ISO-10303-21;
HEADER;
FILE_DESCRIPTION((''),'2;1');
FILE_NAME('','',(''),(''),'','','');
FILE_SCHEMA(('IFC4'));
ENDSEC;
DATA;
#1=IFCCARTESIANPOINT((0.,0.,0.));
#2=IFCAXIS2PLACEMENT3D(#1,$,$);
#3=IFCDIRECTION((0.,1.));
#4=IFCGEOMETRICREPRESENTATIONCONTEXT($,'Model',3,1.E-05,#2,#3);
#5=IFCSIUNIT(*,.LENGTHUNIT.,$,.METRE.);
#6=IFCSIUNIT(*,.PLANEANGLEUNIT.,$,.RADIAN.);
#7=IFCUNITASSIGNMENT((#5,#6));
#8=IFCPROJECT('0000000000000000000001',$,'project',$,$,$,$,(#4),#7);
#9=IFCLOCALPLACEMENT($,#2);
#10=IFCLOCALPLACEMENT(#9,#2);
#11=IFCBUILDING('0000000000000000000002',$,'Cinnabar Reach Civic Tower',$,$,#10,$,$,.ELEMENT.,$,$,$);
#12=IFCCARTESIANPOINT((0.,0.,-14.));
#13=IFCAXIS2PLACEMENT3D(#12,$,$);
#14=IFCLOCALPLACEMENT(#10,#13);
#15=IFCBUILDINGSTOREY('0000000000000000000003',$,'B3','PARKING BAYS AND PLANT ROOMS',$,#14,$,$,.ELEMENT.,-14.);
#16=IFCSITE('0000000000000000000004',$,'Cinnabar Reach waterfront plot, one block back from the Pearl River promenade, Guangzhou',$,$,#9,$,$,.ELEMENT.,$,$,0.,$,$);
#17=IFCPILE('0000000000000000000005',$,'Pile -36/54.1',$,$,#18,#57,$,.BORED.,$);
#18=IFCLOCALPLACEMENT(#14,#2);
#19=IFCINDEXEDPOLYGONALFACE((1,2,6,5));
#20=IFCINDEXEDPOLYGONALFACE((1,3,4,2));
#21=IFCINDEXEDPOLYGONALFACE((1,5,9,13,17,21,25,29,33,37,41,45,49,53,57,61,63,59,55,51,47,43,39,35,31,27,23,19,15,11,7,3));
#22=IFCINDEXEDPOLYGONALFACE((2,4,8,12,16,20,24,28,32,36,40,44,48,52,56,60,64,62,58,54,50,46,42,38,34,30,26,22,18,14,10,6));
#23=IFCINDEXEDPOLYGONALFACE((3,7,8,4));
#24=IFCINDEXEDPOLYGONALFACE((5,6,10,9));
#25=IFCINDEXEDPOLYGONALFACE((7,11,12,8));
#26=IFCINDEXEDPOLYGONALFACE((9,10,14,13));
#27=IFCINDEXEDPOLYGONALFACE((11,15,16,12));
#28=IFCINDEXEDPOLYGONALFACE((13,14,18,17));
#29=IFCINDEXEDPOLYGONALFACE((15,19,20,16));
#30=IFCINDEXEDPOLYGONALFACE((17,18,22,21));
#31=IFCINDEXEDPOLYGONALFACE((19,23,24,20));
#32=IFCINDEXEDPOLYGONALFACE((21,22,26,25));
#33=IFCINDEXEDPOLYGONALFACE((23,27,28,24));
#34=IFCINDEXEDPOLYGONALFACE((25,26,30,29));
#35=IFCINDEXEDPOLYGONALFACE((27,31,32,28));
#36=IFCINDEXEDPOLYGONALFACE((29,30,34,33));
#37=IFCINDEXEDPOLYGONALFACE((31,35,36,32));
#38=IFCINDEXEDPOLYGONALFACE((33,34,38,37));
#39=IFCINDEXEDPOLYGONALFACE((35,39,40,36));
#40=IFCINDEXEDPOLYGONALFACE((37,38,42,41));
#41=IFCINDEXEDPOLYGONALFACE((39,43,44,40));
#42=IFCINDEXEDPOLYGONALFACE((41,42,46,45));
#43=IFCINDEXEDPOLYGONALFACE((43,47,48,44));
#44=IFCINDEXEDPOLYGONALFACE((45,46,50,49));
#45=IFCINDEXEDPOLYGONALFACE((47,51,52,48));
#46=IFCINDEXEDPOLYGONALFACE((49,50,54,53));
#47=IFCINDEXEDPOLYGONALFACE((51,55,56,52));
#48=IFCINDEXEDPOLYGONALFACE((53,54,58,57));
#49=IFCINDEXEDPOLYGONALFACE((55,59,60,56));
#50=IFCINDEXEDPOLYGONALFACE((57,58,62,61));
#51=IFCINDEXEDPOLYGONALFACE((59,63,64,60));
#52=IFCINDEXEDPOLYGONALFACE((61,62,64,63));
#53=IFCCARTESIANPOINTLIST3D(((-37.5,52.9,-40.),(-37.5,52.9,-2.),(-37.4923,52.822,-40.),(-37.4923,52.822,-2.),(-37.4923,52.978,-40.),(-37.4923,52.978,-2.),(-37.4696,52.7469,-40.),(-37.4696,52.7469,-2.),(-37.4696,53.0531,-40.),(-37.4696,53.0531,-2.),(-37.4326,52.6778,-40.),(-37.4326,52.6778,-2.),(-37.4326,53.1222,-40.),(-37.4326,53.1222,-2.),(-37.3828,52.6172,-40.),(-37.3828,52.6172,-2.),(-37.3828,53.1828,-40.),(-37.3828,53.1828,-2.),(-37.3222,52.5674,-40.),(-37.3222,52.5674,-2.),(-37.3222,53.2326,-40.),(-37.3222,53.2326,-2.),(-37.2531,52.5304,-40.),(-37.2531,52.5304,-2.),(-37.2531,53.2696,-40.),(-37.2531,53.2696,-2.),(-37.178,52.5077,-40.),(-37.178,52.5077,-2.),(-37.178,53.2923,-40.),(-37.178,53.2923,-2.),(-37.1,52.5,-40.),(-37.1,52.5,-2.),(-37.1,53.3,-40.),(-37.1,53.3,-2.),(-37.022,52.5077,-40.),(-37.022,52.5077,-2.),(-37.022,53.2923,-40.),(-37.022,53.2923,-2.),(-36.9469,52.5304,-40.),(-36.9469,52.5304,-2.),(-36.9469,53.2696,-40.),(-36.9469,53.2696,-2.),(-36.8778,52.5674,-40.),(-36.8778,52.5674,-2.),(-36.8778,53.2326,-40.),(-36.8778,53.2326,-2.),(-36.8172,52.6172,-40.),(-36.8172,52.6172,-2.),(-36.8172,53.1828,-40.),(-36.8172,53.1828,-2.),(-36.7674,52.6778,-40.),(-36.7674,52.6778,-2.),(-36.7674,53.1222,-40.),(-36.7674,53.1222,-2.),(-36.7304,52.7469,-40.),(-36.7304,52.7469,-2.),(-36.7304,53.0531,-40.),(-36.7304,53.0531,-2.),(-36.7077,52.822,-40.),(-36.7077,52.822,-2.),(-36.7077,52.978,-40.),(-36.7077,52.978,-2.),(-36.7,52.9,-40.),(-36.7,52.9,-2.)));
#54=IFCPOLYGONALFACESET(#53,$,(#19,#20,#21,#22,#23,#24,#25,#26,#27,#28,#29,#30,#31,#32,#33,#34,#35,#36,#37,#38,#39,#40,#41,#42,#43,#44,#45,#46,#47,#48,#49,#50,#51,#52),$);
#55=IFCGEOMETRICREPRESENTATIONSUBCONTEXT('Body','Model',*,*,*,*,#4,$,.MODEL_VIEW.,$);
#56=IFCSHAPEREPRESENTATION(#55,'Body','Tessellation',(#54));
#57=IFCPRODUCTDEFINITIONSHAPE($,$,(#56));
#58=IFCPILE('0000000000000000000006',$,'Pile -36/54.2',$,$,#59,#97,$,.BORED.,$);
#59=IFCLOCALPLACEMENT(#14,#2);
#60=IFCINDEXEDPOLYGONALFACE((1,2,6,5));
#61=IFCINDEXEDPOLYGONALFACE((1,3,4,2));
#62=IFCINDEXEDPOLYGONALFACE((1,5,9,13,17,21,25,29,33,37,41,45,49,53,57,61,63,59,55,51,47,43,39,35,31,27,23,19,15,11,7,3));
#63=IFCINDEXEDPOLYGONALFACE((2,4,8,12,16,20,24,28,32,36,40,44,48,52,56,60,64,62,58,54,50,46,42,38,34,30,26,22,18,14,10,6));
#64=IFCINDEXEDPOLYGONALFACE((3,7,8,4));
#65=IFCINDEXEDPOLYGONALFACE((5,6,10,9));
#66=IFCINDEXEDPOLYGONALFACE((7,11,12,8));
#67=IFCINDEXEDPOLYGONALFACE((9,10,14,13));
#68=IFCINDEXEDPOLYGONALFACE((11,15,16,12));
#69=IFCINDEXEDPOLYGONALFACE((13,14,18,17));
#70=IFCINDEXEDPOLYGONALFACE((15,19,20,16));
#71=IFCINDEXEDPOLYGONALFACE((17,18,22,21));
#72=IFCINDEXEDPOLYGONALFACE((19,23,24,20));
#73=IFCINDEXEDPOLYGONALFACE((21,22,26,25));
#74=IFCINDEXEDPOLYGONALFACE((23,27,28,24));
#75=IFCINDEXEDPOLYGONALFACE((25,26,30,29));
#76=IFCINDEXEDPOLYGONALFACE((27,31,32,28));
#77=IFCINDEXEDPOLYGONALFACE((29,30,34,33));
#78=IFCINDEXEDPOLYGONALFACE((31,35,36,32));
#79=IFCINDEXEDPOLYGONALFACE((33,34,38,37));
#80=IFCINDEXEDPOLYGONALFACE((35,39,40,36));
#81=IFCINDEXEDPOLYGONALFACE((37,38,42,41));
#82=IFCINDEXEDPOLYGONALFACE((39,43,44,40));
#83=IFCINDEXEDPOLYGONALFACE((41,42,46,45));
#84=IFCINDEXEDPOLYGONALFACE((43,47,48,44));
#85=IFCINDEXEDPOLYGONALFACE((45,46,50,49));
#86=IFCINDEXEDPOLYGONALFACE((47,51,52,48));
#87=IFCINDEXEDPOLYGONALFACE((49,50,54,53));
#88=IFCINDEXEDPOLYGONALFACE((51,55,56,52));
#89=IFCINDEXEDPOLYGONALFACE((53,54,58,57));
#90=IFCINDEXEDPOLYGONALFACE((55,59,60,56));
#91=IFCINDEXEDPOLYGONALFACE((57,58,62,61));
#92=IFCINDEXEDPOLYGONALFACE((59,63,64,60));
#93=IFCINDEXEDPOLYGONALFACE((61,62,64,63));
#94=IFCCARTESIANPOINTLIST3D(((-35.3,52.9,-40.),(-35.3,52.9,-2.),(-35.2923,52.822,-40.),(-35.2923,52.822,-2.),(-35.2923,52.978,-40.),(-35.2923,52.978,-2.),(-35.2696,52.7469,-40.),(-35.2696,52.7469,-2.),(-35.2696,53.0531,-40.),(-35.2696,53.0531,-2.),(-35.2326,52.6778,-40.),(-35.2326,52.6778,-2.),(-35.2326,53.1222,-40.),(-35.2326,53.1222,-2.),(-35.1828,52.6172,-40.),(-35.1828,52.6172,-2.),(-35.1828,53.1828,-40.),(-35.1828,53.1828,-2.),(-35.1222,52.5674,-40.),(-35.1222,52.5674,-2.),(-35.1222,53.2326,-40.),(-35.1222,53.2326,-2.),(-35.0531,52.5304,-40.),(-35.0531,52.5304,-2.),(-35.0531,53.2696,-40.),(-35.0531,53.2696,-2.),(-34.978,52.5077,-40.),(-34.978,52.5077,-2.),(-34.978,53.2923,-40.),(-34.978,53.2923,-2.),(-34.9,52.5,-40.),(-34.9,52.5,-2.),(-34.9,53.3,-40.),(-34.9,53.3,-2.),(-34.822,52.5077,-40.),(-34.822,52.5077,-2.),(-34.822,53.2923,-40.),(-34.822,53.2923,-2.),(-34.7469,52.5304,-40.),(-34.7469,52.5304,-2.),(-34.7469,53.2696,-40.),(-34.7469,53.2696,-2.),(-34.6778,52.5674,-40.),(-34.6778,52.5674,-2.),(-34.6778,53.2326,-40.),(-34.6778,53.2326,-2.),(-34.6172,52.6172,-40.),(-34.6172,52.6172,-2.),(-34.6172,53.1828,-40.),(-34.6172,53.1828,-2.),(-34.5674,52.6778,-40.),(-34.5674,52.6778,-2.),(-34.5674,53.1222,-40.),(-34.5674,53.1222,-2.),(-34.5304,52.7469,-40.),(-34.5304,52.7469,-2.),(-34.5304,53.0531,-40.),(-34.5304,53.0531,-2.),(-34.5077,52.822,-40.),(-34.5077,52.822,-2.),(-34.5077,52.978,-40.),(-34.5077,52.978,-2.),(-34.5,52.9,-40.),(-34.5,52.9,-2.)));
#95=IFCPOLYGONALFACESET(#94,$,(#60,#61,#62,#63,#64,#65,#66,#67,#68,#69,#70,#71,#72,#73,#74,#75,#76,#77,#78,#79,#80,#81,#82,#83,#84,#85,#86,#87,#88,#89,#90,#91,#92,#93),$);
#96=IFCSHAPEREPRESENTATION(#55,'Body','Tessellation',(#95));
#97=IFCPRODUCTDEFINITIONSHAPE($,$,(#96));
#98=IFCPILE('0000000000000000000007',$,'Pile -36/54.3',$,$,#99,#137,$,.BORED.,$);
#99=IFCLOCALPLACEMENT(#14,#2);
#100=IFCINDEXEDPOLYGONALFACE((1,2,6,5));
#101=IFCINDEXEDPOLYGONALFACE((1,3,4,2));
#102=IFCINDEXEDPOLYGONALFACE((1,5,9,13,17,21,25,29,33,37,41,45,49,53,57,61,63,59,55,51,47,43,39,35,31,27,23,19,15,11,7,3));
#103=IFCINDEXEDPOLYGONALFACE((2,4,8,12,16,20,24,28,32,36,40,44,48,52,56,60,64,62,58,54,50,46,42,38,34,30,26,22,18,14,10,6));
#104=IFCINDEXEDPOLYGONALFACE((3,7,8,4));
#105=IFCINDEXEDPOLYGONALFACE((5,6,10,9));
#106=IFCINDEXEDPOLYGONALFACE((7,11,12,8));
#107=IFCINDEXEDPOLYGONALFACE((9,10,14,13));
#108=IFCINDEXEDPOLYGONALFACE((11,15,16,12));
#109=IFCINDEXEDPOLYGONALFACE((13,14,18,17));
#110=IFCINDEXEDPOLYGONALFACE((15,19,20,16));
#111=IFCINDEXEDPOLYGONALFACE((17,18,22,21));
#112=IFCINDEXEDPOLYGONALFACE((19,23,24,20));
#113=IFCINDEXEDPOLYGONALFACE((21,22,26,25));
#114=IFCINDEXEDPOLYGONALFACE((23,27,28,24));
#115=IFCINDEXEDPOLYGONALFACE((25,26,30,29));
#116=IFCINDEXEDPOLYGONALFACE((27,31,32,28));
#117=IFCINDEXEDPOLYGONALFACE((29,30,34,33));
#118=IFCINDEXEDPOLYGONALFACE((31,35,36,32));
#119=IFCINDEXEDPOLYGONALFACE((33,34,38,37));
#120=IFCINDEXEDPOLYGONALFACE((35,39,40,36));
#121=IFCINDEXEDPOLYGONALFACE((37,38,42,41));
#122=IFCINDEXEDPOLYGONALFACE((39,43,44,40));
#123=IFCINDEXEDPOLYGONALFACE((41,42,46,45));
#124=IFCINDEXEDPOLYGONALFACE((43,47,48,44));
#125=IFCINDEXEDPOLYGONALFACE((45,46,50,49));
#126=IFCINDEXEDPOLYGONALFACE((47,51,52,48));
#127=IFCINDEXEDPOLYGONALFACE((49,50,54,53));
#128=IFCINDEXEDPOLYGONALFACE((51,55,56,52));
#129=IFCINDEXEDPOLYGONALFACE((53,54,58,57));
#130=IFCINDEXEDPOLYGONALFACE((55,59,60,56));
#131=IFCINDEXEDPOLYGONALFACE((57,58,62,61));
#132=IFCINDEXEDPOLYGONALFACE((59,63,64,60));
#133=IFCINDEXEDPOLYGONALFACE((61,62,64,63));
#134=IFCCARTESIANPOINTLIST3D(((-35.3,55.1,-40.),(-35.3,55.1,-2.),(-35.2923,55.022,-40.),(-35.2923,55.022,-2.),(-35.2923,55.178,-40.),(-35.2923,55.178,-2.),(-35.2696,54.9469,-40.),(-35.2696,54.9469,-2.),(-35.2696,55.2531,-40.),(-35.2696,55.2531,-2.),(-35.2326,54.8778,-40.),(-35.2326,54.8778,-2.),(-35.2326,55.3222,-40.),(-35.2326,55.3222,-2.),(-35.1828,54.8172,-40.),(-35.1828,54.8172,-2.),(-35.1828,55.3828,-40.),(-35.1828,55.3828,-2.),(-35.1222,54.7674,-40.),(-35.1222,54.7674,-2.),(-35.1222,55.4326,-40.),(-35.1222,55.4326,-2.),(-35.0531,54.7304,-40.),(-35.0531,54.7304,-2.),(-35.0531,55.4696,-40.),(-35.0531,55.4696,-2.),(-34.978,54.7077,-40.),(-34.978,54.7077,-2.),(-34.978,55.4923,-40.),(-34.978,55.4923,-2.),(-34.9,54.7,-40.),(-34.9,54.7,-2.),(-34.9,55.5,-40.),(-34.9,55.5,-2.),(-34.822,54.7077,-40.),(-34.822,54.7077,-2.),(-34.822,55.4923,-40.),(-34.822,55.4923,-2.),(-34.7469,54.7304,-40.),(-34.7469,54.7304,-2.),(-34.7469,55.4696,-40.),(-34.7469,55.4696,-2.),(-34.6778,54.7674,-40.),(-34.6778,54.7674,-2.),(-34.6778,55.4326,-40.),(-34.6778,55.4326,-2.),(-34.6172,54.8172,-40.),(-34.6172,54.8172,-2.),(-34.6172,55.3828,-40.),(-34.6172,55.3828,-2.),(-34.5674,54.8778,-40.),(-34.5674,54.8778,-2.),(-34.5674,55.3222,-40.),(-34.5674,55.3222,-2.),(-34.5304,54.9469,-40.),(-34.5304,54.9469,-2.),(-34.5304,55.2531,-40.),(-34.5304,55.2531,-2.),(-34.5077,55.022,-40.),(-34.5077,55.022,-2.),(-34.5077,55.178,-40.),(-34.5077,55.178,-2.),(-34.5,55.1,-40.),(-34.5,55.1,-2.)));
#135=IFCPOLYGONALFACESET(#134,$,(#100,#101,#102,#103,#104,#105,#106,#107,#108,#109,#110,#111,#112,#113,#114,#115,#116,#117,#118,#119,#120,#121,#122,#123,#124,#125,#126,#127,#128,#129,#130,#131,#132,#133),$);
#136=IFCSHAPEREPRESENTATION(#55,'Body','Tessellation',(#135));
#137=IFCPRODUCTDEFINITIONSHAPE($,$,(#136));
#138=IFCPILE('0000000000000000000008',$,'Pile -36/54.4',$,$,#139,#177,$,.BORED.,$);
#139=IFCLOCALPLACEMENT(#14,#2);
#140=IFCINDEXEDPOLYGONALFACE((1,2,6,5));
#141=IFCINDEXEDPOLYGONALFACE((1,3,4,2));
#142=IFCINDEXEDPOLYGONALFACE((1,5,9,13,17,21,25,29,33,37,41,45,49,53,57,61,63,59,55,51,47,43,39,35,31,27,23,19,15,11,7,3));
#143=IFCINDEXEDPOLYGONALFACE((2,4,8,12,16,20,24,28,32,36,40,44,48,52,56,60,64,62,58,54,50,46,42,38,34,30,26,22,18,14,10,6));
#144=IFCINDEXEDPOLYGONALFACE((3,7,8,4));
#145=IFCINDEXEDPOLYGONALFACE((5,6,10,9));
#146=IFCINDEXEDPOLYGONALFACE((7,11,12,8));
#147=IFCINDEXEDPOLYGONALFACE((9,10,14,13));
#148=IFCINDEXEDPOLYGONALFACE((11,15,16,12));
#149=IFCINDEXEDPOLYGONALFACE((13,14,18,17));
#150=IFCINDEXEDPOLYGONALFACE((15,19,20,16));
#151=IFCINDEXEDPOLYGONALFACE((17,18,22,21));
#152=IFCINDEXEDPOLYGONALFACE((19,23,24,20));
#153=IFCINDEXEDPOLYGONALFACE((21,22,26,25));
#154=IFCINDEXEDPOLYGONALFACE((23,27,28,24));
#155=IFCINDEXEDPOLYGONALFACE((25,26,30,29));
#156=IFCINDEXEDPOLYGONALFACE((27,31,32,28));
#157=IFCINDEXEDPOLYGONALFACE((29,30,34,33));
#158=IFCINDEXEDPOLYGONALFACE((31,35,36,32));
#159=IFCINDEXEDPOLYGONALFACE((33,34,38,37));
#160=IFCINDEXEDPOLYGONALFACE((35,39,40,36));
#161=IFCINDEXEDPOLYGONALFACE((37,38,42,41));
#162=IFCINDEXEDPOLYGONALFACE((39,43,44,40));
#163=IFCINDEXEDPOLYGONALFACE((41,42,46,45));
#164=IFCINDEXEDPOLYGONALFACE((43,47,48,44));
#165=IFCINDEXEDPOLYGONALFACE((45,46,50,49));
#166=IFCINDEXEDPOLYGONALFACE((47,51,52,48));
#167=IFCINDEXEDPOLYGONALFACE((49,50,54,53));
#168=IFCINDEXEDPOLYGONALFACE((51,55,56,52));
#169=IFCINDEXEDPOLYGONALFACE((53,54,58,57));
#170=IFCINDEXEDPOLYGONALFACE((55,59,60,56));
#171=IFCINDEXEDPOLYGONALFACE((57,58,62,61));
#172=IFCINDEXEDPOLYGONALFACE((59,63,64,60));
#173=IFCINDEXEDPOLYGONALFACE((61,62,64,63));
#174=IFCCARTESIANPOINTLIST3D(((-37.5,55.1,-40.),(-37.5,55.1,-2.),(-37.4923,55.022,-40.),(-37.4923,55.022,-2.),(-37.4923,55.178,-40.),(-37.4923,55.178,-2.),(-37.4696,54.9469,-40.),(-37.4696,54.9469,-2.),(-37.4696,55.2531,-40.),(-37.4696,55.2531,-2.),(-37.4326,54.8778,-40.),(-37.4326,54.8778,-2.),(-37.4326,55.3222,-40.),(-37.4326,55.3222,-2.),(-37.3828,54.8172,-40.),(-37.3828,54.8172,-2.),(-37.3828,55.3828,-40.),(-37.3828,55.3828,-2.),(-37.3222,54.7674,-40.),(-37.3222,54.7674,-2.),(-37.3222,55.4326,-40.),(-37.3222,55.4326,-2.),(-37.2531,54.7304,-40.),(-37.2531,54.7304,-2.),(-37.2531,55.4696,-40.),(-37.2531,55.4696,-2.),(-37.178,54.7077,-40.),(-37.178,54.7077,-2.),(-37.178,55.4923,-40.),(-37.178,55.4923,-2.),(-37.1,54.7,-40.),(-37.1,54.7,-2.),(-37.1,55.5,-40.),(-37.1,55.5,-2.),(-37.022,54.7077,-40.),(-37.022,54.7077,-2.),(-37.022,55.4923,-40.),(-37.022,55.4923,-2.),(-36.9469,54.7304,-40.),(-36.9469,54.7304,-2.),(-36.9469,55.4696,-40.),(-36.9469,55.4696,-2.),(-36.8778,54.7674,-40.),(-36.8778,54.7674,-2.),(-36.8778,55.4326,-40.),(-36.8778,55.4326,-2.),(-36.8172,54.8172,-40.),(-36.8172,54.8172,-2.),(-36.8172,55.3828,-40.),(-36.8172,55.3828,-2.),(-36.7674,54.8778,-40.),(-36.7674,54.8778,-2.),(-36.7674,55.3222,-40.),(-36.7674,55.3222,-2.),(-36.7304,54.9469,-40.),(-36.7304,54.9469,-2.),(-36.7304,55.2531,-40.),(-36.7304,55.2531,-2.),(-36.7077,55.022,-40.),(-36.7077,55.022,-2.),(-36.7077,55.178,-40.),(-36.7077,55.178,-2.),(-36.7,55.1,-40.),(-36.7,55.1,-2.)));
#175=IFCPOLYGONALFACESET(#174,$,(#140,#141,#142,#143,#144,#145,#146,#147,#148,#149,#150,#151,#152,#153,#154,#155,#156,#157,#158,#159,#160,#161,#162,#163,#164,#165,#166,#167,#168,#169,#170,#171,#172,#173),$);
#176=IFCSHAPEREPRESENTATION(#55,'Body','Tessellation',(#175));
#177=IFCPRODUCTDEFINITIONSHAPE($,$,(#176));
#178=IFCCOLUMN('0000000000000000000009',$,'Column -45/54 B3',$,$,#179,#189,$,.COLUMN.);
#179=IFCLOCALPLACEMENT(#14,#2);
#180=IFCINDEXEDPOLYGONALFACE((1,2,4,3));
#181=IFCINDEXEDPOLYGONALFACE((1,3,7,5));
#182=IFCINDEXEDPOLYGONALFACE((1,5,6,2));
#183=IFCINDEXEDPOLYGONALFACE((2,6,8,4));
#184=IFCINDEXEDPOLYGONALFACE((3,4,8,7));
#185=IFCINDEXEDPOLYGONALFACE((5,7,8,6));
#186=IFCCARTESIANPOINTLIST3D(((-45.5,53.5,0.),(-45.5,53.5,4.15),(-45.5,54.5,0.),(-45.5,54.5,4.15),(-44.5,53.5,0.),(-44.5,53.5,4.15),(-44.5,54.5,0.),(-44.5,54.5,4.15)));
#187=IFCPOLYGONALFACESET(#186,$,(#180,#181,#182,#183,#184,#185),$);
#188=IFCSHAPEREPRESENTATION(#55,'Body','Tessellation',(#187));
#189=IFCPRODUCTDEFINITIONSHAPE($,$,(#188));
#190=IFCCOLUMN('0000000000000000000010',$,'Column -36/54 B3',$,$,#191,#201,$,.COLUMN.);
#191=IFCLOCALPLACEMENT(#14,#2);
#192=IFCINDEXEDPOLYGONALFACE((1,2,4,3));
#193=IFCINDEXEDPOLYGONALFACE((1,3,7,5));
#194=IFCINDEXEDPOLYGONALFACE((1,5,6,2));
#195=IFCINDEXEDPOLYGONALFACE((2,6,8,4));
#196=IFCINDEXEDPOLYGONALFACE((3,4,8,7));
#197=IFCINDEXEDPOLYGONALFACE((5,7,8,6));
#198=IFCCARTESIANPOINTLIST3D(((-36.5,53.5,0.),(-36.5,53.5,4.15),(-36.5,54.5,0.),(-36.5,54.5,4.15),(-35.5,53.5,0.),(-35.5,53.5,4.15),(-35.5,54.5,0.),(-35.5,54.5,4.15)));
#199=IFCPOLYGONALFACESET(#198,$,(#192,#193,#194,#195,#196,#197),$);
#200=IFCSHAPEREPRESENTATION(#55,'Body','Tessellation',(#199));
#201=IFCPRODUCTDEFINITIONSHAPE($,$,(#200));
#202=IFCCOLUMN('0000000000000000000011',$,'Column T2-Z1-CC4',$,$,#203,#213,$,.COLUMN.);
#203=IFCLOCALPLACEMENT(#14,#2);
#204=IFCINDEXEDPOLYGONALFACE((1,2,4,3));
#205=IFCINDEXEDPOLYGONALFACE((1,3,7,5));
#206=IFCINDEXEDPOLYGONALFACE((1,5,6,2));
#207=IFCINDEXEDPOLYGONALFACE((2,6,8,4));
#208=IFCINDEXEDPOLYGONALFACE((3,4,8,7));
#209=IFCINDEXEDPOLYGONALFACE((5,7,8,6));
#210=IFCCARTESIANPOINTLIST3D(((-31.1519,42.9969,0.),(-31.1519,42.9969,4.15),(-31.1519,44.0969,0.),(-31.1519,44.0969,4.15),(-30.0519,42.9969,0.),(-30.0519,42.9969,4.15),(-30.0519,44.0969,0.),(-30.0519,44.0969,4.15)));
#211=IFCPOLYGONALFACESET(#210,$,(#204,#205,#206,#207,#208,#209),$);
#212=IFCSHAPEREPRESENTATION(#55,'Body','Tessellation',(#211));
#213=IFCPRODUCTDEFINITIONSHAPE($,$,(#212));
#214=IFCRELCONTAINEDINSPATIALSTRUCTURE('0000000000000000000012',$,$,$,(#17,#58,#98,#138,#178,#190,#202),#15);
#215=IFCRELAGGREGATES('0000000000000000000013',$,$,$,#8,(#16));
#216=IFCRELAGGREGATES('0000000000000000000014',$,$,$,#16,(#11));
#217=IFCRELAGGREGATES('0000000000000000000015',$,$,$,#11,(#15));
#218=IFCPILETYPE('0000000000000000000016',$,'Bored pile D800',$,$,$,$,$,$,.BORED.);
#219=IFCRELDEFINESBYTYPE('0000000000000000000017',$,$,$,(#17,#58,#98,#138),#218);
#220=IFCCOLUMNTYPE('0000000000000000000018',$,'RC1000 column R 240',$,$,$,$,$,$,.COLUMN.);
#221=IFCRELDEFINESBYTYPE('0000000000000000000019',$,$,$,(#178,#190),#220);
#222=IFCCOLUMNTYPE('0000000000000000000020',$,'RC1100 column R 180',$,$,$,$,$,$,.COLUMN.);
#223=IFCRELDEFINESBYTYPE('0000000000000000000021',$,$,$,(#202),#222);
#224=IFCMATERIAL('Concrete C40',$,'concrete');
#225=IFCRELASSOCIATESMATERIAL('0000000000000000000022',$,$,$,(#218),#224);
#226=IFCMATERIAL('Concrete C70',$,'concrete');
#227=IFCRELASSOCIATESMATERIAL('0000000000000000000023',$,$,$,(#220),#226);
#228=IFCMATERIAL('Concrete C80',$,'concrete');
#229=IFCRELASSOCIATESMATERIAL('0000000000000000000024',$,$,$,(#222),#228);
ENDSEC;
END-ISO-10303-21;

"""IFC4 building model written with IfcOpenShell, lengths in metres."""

from ifc_helpers import new_model, si_unit, direction, frame, origin, origin_2d, place, context, subcontext, project, spatial, rectangle, circle, extrude, material, material_profile, profile_set, type_object, element, save


model = new_model("IFC4")

# Units and contexts
model_context = context("Model", 3, precision=1e-05, world=origin(), true_north=direction((0.0, 1.0)))
body_context = subcontext(model_context, "Body", "Model", "MODEL_VIEW")
ifc_project = project(units=[si_unit("LENGTHUNIT", "METRE"), si_unit("PLANEANGLEUNIT", "RADIAN")], contexts=[model_context])

# Site, building, storey
site_placement = place(None, origin())
site = spatial("IfcSite", under=ifc_project, at=site_placement, Name="Cinnabar Reach waterfront plot, one block back from the Pearl River promenade, Guangzhou", CompositionType="ELEMENT", RefElevation=0.0)
building_placement = place(site_placement, origin())
building = spatial("IfcBuilding", under=site, at=building_placement, Name="Cinnabar Reach Civic Tower", CompositionType="ELEMENT")
storey_placement = place(building_placement, frame((0.0, 0.0, -14.0)))
storey = spatial("IfcBuildingStorey", under=building, at=storey_placement, Name="B3", Description="PARKING BAYS AND PLANT ROOMS", CompositionType="ELEMENT", Elevation=-14.0)

# Piles
ifc_material_1 = material(Name="Concrete C40", Category="concrete")
pile_type_1 = type_object("IfcPileType", Name="Bored pile D800", PredefinedType="BORED", material=ifc_material_1)
for number, where, z_axis, x_axis, name in (
    (1, (-37.1, 52.9, -2.0), (0.0, 0.0, -1.0), (1.0, 0.0, 0.0), "Pile -36/54.1"),
    (2, (-34.9, 52.9, -2.0), (0.0, 0.0, -1.0), (1.0, 0.0, 0.0), "Pile -36/54.2"),
    (3, (-34.9, 55.1, -2.0), (0.0, 0.0, -1.0), (1.0, 0.0, 0.0), "Pile -36/54.3"),
    (4, (-37.1, 55.1, -2.0), (0.0, 0.0, -1.0), (1.0, 0.0, 0.0), "Pile -36/54.4"),
):
    element("IfcPile", number, at=place(storey_placement, frame(where, z_axis=z_axis, x_axis=x_axis)), inside=storey, type_object=pile_type_1, Name=name, PredefinedType="BORED", context=body_context, shape_type="SweptSolid", body=[
        extrude(circle(Radius=0.4, at=origin_2d()), origin(), (0.0, 0.0, 1.0), 38.0),
    ])

# Columns
ifc_material_2 = material(Name="Concrete C70", Category="concrete")
ifc_material_profile_1 = material_profile(ifc_material_2, rectangle(XDim=1.0, YDim=1.0, at=origin_2d()), Name="RC1000")
ifc_profile_set_1 = profile_set([ifc_material_profile_1], Name="Concrete C70")
column_type_1 = type_object("IfcColumnType", Name="RC1000 column R 240", PredefinedType="COLUMN", material=ifc_profile_set_1)
for number, where, z_axis, x_axis, name in (
    (5, (-45.0, 54.0, 0.0), (0.0, 0.0, 1.0), (1.0, 0.0, 0.0), "Column -45/54 B3"),
    (6, (-36.0, 54.0, 0.0), (0.0, 0.0, 1.0), (1.0, 0.0, 0.0), "Column -36/54 B3"),
):
    element("IfcColumn", number, at=place(storey_placement, frame(where, z_axis=z_axis, x_axis=x_axis)), inside=storey, type_object=column_type_1, Name=name, PredefinedType="COLUMN", context=body_context, shape_type="SweptSolid", body=[
        extrude(rectangle(XDim=1.0, YDim=1.0, at=origin_2d()), origin(), (0.0, 0.0, 1.0), 4.15),
    ])
ifc_material_3 = material(Name="Concrete C80", Category="concrete")
ifc_material_profile_2 = material_profile(ifc_material_3, rectangle(XDim=1.1, YDim=1.1, at=origin_2d()), Name="RC1100")
ifc_profile_set_2 = profile_set([ifc_material_profile_2], Name="Concrete C80")
column_type_2 = type_object("IfcColumnType", Name="RC1100 column R 180", PredefinedType="COLUMN", material=ifc_profile_set_2)
column_placement = place(storey_placement, frame((-30.6019, 43.5469, 0.0), z_axis=(0.0, 0.0, 1.0), x_axis=(1.0, 0.0, 0.0)))
element("IfcColumn", 7, at=column_placement, inside=storey, type_object=column_type_2, Name="Column T2-Z1-CC4", PredefinedType="COLUMN", context=body_context, shape_type="SweptSolid", body=[
    extrude(rectangle(XDim=1.1, YDim=1.1, at=origin_2d()), origin(), (0.0, 0.0, 1.0), 4.15),
])

save(model, "model.ifc")
